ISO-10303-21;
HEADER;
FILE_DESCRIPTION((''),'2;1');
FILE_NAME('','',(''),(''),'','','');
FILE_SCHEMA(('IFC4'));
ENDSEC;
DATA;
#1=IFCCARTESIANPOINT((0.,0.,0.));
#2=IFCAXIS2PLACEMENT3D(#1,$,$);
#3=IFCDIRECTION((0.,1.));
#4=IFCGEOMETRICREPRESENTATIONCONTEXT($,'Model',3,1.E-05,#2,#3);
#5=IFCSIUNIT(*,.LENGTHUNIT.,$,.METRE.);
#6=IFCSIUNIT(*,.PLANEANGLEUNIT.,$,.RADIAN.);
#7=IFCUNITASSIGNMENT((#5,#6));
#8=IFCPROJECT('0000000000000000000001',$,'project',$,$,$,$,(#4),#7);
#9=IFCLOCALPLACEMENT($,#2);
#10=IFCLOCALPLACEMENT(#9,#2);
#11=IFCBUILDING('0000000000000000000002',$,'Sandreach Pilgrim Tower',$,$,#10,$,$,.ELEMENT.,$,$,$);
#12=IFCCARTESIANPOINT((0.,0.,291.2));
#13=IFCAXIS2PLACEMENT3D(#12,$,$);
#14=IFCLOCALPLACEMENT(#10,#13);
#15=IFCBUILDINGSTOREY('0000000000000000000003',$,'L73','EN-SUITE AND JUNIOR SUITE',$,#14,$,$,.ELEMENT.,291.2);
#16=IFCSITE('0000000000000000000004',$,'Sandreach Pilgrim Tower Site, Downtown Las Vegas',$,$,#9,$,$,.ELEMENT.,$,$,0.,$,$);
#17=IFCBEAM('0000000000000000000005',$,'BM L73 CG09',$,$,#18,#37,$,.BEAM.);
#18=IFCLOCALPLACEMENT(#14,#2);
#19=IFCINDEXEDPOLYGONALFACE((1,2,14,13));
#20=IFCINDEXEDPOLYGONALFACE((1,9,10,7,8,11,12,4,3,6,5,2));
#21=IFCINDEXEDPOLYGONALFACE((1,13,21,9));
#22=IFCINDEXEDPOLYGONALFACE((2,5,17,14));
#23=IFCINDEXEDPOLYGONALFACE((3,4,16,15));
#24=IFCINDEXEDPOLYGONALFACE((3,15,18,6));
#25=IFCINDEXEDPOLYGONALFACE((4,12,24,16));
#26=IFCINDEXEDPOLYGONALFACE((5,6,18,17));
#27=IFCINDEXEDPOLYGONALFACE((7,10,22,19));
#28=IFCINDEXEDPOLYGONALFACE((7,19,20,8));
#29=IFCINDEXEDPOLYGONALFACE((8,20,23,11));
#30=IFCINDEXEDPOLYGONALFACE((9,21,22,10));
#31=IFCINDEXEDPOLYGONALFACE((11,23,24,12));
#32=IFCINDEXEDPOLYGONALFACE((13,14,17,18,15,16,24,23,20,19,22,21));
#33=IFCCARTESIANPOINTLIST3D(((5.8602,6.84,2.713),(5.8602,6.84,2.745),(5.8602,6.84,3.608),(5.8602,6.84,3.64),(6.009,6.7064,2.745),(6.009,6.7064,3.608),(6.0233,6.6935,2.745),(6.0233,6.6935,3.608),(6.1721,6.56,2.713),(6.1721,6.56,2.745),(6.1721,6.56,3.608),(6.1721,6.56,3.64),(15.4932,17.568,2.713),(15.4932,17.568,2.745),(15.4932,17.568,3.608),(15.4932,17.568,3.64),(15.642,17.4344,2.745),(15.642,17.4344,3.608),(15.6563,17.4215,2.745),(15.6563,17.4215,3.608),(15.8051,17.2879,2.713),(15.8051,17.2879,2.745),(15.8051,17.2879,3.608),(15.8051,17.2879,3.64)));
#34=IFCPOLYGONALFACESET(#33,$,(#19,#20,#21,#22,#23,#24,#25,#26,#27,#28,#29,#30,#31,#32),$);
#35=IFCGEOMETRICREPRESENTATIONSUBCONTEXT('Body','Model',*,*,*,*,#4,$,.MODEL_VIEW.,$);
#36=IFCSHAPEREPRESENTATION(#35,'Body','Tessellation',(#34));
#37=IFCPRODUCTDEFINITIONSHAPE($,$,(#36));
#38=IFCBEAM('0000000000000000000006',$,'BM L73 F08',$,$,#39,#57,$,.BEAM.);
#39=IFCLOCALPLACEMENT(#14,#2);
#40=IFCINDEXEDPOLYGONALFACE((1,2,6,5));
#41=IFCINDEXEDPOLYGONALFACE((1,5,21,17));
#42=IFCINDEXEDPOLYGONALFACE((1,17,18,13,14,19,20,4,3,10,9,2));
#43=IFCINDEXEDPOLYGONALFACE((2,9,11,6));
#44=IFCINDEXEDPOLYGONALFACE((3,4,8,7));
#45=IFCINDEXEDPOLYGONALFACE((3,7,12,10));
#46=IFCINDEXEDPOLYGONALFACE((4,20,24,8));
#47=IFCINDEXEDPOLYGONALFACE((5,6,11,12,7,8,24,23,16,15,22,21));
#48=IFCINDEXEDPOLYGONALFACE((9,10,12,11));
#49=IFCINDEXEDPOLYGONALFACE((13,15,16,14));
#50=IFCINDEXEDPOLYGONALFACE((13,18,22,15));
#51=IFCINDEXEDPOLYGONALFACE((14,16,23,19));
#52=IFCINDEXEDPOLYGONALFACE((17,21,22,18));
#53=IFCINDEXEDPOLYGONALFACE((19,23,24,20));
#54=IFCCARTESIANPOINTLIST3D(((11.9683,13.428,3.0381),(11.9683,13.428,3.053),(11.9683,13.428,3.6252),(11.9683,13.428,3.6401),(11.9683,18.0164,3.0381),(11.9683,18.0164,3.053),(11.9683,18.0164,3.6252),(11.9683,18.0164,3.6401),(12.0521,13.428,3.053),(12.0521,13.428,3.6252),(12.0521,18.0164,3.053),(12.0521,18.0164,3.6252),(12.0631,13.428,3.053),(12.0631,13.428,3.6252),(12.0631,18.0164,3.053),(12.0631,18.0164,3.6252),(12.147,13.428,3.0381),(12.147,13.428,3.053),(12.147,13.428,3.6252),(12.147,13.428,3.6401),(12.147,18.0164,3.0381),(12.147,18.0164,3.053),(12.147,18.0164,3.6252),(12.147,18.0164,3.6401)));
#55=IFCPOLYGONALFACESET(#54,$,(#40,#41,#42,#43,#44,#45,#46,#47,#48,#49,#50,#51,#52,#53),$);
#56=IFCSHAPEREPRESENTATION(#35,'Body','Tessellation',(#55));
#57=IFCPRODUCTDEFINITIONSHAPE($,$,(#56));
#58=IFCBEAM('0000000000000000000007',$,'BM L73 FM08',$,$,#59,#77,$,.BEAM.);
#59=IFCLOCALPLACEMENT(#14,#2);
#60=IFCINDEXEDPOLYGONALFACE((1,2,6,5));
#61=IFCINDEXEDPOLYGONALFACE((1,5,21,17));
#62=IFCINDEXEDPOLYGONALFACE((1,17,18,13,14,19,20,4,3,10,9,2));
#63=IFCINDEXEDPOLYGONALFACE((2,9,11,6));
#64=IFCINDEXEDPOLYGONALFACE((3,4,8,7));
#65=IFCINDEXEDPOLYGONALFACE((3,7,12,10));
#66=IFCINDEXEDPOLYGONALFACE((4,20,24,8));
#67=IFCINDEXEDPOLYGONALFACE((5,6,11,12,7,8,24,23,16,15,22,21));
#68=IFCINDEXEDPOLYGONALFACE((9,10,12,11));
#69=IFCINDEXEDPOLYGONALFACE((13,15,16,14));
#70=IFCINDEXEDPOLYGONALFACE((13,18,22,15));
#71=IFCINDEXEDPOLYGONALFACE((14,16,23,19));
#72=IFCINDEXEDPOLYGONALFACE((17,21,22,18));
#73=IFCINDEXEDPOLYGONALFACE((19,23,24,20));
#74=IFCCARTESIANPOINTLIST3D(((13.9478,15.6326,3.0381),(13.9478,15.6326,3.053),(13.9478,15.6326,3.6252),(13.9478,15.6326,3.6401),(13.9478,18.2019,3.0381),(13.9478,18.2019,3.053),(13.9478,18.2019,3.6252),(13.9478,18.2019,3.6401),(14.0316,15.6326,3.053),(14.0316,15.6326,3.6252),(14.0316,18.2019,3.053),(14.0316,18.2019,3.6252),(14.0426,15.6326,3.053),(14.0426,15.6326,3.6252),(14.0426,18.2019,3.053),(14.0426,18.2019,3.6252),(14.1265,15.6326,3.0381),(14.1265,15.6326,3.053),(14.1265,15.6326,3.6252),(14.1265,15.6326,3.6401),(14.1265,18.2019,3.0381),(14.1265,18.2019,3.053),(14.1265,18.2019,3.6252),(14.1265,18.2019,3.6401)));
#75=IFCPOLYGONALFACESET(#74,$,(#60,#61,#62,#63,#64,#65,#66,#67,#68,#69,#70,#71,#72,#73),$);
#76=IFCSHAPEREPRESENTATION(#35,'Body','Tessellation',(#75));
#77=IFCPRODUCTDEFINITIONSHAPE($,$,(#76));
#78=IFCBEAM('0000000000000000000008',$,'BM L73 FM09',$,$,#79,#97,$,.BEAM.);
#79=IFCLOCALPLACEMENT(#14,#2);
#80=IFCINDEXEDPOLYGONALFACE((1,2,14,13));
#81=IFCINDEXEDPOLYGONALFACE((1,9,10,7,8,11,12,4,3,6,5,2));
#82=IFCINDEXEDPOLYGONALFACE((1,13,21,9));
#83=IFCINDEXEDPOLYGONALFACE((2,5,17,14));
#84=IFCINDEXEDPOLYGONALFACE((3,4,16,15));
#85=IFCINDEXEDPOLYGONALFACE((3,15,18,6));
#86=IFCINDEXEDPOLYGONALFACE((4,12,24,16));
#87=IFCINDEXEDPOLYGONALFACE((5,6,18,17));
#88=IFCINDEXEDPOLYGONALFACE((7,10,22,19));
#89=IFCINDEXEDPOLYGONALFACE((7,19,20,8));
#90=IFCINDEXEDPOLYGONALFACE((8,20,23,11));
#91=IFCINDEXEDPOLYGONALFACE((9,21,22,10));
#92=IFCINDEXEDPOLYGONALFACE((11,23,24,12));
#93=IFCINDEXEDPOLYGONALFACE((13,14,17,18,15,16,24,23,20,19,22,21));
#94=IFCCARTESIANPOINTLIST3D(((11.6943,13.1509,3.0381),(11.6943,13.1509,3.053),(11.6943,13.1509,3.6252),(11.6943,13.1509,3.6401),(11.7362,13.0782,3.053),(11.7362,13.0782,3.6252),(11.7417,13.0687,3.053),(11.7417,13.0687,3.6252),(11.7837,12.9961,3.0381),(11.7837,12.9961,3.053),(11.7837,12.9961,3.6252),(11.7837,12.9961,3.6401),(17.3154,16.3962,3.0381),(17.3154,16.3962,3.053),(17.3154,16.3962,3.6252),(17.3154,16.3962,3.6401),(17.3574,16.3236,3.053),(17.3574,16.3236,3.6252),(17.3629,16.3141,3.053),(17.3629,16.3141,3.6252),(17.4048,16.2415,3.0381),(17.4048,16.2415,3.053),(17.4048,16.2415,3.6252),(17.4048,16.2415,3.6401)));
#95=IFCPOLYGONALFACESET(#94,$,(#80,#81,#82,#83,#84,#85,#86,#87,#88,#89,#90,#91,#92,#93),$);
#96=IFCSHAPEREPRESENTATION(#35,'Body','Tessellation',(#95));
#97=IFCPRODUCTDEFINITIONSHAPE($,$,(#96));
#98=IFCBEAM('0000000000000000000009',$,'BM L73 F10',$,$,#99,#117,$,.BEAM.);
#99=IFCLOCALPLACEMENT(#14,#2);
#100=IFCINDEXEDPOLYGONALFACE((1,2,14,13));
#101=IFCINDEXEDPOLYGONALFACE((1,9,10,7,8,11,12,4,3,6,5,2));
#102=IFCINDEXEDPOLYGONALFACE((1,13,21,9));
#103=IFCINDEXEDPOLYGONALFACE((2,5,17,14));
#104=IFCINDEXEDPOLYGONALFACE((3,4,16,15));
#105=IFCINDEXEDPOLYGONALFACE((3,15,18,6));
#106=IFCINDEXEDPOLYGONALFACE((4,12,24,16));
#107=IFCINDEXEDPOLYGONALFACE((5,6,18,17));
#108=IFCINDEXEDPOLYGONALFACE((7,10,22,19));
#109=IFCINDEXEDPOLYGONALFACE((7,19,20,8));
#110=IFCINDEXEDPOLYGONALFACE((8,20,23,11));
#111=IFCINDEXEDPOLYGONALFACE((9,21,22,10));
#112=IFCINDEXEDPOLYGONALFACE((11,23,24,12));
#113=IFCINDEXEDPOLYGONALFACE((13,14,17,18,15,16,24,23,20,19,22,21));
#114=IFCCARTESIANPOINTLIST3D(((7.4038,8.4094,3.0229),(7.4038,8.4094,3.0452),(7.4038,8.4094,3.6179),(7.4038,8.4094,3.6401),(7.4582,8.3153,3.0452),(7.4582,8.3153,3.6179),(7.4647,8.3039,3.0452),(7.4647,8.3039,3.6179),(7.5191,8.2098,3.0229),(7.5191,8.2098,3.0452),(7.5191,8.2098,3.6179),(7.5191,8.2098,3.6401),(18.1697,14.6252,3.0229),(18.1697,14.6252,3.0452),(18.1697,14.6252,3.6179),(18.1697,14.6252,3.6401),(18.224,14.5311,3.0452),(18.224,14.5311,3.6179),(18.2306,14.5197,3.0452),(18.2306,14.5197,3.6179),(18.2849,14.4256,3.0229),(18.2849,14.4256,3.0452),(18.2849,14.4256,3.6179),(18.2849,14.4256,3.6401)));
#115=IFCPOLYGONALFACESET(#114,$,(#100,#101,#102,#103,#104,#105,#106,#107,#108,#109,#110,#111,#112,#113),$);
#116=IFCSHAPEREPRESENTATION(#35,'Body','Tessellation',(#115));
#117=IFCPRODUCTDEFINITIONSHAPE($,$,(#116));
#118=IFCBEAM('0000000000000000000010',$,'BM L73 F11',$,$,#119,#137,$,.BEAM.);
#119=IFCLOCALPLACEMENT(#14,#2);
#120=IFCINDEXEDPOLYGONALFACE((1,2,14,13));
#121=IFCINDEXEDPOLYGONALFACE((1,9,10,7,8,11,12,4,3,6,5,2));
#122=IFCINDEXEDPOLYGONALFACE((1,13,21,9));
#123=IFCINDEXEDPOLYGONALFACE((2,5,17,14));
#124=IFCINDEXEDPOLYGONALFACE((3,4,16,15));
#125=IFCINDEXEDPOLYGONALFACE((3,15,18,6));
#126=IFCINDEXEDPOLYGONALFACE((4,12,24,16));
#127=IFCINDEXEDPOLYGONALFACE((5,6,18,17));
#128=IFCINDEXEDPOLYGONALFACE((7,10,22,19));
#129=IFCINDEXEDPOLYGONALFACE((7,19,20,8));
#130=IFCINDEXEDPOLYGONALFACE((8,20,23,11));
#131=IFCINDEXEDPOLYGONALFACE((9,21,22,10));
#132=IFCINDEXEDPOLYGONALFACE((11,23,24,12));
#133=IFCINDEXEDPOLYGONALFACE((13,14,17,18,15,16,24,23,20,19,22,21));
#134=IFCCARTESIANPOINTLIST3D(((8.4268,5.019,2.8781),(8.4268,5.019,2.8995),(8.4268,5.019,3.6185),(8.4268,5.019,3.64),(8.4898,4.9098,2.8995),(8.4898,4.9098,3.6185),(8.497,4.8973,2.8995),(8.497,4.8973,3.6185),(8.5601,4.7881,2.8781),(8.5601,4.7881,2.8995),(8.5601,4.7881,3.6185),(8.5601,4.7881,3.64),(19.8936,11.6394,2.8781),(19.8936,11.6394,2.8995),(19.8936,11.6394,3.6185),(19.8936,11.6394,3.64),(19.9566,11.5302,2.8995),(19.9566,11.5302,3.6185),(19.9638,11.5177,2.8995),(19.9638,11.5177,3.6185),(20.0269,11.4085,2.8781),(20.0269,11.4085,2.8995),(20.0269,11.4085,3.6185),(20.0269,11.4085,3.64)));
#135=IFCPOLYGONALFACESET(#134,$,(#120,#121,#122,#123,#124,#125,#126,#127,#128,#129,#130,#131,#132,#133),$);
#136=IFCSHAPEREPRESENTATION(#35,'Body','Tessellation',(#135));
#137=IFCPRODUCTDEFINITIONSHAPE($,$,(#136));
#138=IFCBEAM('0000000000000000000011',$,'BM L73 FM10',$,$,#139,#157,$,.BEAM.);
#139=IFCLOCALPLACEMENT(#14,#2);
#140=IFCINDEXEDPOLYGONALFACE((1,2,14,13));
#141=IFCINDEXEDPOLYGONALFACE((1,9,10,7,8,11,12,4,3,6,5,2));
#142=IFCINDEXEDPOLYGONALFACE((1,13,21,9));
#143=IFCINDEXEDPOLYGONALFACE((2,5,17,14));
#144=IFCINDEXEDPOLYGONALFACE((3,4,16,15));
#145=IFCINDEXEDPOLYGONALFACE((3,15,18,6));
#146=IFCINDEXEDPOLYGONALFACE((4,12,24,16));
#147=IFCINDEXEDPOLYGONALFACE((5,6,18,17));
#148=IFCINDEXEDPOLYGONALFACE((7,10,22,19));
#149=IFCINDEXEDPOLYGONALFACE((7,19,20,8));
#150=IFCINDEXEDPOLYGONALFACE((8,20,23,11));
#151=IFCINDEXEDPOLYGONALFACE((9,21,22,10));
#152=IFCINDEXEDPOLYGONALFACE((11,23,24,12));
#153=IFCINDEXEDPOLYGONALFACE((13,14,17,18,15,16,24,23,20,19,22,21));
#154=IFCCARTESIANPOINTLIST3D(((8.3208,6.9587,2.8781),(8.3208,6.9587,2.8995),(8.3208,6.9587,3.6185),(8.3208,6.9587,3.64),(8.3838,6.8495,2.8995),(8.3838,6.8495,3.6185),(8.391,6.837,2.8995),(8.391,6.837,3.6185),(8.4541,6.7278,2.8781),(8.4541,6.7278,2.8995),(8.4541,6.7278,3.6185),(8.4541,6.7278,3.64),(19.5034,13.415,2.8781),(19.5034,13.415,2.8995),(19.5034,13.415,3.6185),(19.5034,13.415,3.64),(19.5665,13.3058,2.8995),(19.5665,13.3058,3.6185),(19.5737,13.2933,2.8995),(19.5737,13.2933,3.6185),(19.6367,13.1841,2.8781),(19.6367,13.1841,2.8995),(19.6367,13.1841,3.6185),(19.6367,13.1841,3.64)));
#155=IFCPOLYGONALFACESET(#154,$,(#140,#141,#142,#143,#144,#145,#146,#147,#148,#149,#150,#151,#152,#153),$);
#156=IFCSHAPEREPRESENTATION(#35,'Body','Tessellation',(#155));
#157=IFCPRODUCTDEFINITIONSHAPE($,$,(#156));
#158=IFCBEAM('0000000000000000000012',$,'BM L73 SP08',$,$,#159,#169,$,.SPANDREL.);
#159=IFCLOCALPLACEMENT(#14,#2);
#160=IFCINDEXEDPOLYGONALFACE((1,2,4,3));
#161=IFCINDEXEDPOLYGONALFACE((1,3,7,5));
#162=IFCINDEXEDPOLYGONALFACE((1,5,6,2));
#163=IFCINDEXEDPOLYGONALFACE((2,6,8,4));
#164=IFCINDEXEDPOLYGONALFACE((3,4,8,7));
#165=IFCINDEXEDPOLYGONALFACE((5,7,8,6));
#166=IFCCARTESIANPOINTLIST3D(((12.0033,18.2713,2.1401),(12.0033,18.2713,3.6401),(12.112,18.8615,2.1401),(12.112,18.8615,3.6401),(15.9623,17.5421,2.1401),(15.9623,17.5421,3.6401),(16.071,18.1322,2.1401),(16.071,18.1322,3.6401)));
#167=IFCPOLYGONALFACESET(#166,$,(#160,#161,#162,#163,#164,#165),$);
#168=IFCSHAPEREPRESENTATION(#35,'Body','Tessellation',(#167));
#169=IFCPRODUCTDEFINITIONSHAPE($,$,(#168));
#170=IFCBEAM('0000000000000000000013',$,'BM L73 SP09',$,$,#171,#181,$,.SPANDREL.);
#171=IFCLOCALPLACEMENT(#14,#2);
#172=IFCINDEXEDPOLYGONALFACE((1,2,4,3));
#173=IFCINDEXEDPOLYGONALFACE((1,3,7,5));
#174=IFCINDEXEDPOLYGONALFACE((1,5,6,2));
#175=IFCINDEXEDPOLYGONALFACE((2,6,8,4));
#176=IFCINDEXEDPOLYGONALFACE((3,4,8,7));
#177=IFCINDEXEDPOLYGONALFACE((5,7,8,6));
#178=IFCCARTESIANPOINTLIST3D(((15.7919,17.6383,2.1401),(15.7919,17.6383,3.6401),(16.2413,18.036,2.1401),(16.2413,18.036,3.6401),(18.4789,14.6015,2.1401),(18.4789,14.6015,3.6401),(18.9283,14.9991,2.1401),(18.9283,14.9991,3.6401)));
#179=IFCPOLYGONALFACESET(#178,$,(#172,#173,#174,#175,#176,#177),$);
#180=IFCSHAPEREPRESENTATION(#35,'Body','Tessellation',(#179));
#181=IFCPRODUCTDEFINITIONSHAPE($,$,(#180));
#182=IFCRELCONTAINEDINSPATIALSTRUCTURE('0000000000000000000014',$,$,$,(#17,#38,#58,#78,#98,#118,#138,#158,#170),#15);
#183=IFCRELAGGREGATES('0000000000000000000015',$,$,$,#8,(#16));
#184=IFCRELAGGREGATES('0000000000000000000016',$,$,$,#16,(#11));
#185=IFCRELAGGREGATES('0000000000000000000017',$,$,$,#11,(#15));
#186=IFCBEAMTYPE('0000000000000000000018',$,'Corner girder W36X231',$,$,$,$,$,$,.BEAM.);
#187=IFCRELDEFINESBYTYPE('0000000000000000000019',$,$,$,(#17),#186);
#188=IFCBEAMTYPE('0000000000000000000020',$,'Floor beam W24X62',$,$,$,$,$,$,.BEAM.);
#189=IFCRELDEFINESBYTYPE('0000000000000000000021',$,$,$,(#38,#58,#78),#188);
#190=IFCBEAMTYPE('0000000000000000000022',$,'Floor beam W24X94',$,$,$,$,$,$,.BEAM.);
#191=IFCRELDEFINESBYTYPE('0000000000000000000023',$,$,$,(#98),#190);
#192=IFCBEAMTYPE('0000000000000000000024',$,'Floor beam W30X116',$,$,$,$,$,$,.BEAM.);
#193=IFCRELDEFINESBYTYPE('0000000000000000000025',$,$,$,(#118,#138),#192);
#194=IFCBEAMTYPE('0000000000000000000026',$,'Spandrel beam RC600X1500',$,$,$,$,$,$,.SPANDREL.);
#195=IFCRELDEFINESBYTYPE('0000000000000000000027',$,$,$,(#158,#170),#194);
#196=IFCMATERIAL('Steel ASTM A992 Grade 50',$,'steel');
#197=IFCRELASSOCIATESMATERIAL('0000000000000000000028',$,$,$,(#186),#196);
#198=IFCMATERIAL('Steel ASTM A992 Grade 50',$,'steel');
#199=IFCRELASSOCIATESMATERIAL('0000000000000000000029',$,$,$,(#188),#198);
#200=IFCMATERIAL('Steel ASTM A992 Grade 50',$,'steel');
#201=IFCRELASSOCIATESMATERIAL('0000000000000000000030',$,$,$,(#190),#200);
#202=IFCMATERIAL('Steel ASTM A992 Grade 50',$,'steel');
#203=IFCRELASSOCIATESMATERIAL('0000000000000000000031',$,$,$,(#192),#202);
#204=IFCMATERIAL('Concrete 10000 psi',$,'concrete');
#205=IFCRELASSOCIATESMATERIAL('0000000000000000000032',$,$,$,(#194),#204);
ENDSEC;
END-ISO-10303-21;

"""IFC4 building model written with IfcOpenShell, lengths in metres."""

from ifc_helpers import new_model, si_unit, direction, frame, origin, origin_2d, place, context, subcontext, project, spatial, rectangle, i_section, extrude, material, material_profile, profile_set, type_object, element, save


model = new_model("IFC4")

# Units and contexts
model_context = context("Model", 3, precision=1e-05, world=origin(), true_north=direction((0.0, 1.0)))
body_context = subcontext(model_context, "Body", "Model", "MODEL_VIEW")
ifc_project = project(units=[si_unit("LENGTHUNIT", "METRE"), si_unit("PLANEANGLEUNIT", "RADIAN")], contexts=[model_context])

# Site, building, storey
site_placement = place(None, origin())
site = spatial("IfcSite", under=ifc_project, at=site_placement, Name="Sandreach Pilgrim Tower Site, Downtown Las Vegas", CompositionType="ELEMENT", RefElevation=0.0)
building_placement = place(site_placement, origin())
building = spatial("IfcBuilding", under=site, at=building_placement, Name="Sandreach Pilgrim Tower", CompositionType="ELEMENT")
storey_placement = place(building_placement, frame((0.0, 0.0, 291.2)))
storey = spatial("IfcBuildingStorey", under=building, at=storey_placement, Name="L73", Description="EN-SUITE AND JUNIOR SUITE", CompositionType="ELEMENT", Elevation=291.2)

# Beams
ifc_material_1 = material(Name="Steel ASTM A992 Grade 50", Category="steel")
ifc_material_profile_1 = material_profile(ifc_material_1, i_section(OverallWidth=0.4192, OverallDepth=0.927, WebThickness=0.0193, FlangeThickness=0.032, at=origin_2d()), Name="W36X231")
ifc_profile_set_1 = profile_set([ifc_material_profile_1], Name="Steel ASTM A992 Grade 50")
beam_type_1 = type_object("IfcBeamType", Name="Corner girder W36X231", PredefinedType="BEAM", material=ifc_profile_set_1)
beam_1_placement = place(storey_placement, frame((15.6492, 17.428, 3.1765), z_axis=(-0.668115, -0.744058, 0.0), x_axis=(0.744058, -0.668115, 0.0)))
element("IfcBeam", 1, at=beam_1_placement, inside=storey, type_object=beam_type_1, Name="BM L73 CG09", PredefinedType="BEAM", context=body_context, shape_type="SweptSolid", body=[
    extrude(i_section(OverallWidth=0.4192, OverallDepth=0.927, WebThickness=0.0193, FlangeThickness=0.032, at=origin_2d()), origin(), (0.0, 0.0, 1.0), 14.4182),
])
ifc_material_2 = material(Name="Steel ASTM A992 Grade 50", Category="steel")
ifc_material_profile_2 = material_profile(ifc_material_2, i_section(OverallWidth=0.1787, OverallDepth=0.6021, WebThickness=0.011, FlangeThickness=0.0149, at=origin_2d()), Name="W24X62")
ifc_profile_set_2 = profile_set([ifc_material_profile_2], Name="Steel ASTM A992 Grade 50")
beam_type_2 = type_object("IfcBeamType", Name="Floor beam W24X62", PredefinedType="BEAM", material=ifc_profile_set_2)
beam_2_placement = place(storey_placement, frame((12.0576, 18.0164, 3.3391), z_axis=(0.0, -1.0, 0.0), x_axis=(1.0, 0.0, 0.0)))
element("IfcBeam", 2, at=beam_2_placement, inside=storey, type_object=beam_type_2, Name="BM L73 F08", PredefinedType="BEAM", context=body_context, shape_type="SweptSolid", body=[
    extrude(i_section(OverallWidth=0.1787, OverallDepth=0.6021, WebThickness=0.011, FlangeThickness=0.0149, at=origin_2d()), origin(), (0.0, 0.0, 1.0), 4.5884),
])
beam_3_placement = place(storey_placement, frame((14.0371, 18.2019, 3.3391), z_axis=(0.0, -1.0, 0.0), x_axis=(1.0, 0.0, 0.0)))
element("IfcBeam", 3, at=beam_3_placement, inside=storey, type_object=beam_type_2, Name="BM L73 FM08", PredefinedType="BEAM", context=body_context, shape_type="SweptSolid", body=[
    extrude(i_section(OverallWidth=0.1787, OverallDepth=0.6021, WebThickness=0.011, FlangeThickness=0.0149, at=origin_2d()), origin(), (0.0, 0.0, 1.0), 2.5693),
])
beam_4_placement = place(storey_placement, frame((17.3601, 16.3188, 3.3391), z_axis=(-0.866024, -0.500002, 0.0), x_axis=(0.500002, -0.866024, 0.0)))
element("IfcBeam", 4, at=beam_4_placement, inside=storey, type_object=beam_type_2, Name="BM L73 FM09", PredefinedType="BEAM", context=body_context, shape_type="SweptSolid", body=[
    extrude(i_section(OverallWidth=0.1787, OverallDepth=0.6021, WebThickness=0.011, FlangeThickness=0.0149, at=origin_2d()), origin(), (0.0, 0.0, 1.0), 6.4907),
])
ifc_material_3 = material(Name="Steel ASTM A992 Grade 50", Category="steel")
ifc_material_profile_3 = material_profile(ifc_material_3, i_section(OverallWidth=0.2305, OverallDepth=0.6172, WebThickness=0.0132, FlangeThickness=0.0222, at=origin_2d()), Name="W24X94")
ifc_profile_set_3 = profile_set([ifc_material_profile_3], Name="Steel ASTM A992 Grade 50")
beam_type_3 = type_object("IfcBeamType", Name="Floor beam W24X94", PredefinedType="BEAM", material=ifc_profile_set_3)
beam_5_placement = place(storey_placement, frame((18.2273, 14.5254, 3.3315), z_axis=(-0.86602, -0.500009, 0.0), x_axis=(0.500009, -0.86602, 0.0)))
element("IfcBeam", 5, at=beam_5_placement, inside=storey, type_object=beam_type_3, Name="BM L73 F10", PredefinedType="BEAM", context=body_context, shape_type="SweptSolid", body=[
    extrude(i_section(OverallWidth=0.2305, OverallDepth=0.6172, WebThickness=0.0132, FlangeThickness=0.0222, at=origin_2d()), origin(), (0.0, 0.0, 1.0), 12.4314),
])
ifc_material_4 = material(Name="Steel ASTM A992 Grade 50", Category="steel")
ifc_material_profile_4 = material_profile(ifc_material_4, i_section(OverallWidth=0.2666, OverallDepth=0.762, WebThickness=0.0144, FlangeThickness=0.0215, at=origin_2d()), Name="W30X116")
ifc_profile_set_4 = profile_set([ifc_material_profile_4], Name="Steel ASTM A992 Grade 50")
beam_type_4 = type_object("IfcBeamType", Name="Floor beam W30X116", PredefinedType="BEAM", material=ifc_profile_set_4)
beam_6_placement = place(storey_placement, frame((19.9602, 11.5239, 3.259), z_axis=(-0.866025, -0.5, 0.0), x_axis=(0.5, -0.866025, 0.0)))
element("IfcBeam", 6, at=beam_6_placement, inside=storey, type_object=beam_type_4, Name="BM L73 F11", PredefinedType="BEAM", context=body_context, shape_type="SweptSolid", body=[
    extrude(i_section(OverallWidth=0.2666, OverallDepth=0.762, WebThickness=0.0144, FlangeThickness=0.0215, at=origin_2d()), origin(), (0.0, 0.0, 1.0), 13.2407),
])
beam_7_placement = place(storey_placement, frame((19.5701, 13.2996, 3.259), z_axis=(-0.866025, -0.500001, 0.0), x_axis=(0.500001, -0.866025, 0.0)))
element("IfcBeam", 7, at=beam_7_placement, inside=storey, type_object=beam_type_4, Name="BM L73 FM10", PredefinedType="BEAM", context=body_context, shape_type="SweptSolid", body=[
    extrude(i_section(OverallWidth=0.2666, OverallDepth=0.762, WebThickness=0.0144, FlangeThickness=0.0215, at=origin_2d()), origin(), (0.0, 0.0, 1.0), 12.9126),
])
ifc_material_5 = material(Name="Concrete 10000 psi", Category="concrete")
ifc_material_profile_5 = material_profile(ifc_material_5, rectangle(XDim=0.6001, YDim=1.5, at=origin_2d()), Name="RC600X1500")
ifc_profile_set_5 = profile_set([ifc_material_profile_5], Name="Concrete 10000 psi")
beam_type_5 = type_object("IfcBeamType", Name="Spandrel beam RC600X1500", PredefinedType="SPANDREL", material=ifc_profile_set_5)
beam_8_placement = place(storey_placement, frame((12.0576, 18.5664, 2.8901), z_axis=(0.983455, -0.181153, 0.0), x_axis=(0.181153, 0.983455, 0.0)))
element("IfcBeam", 8, at=beam_8_placement, inside=storey, type_object=beam_type_5, Name="BM L73 SP08", PredefinedType="SPANDREL", context=body_context, shape_type="SweptSolid", body=[
    extrude(rectangle(XDim=0.6001, YDim=1.5, at=origin_2d()), origin(), (0.0, 0.0, 1.0), 4.0256),
])
beam_9_placement = place(storey_placement, frame((16.0166, 17.8372, 2.8901), z_axis=(0.662651, -0.748929, 0.0), x_axis=(0.748929, 0.662651, 0.0)))
element("IfcBeam", 9, at=beam_9_placement, inside=storey, type_object=beam_type_5, Name="BM L73 SP09", PredefinedType="SPANDREL", context=body_context, shape_type="SweptSolid", body=[
    extrude(rectangle(XDim=0.6001, YDim=1.5, at=origin_2d()), origin(), (0.0, 0.0, 1.0), 4.0549),
])

save(model, "model.ifc")
